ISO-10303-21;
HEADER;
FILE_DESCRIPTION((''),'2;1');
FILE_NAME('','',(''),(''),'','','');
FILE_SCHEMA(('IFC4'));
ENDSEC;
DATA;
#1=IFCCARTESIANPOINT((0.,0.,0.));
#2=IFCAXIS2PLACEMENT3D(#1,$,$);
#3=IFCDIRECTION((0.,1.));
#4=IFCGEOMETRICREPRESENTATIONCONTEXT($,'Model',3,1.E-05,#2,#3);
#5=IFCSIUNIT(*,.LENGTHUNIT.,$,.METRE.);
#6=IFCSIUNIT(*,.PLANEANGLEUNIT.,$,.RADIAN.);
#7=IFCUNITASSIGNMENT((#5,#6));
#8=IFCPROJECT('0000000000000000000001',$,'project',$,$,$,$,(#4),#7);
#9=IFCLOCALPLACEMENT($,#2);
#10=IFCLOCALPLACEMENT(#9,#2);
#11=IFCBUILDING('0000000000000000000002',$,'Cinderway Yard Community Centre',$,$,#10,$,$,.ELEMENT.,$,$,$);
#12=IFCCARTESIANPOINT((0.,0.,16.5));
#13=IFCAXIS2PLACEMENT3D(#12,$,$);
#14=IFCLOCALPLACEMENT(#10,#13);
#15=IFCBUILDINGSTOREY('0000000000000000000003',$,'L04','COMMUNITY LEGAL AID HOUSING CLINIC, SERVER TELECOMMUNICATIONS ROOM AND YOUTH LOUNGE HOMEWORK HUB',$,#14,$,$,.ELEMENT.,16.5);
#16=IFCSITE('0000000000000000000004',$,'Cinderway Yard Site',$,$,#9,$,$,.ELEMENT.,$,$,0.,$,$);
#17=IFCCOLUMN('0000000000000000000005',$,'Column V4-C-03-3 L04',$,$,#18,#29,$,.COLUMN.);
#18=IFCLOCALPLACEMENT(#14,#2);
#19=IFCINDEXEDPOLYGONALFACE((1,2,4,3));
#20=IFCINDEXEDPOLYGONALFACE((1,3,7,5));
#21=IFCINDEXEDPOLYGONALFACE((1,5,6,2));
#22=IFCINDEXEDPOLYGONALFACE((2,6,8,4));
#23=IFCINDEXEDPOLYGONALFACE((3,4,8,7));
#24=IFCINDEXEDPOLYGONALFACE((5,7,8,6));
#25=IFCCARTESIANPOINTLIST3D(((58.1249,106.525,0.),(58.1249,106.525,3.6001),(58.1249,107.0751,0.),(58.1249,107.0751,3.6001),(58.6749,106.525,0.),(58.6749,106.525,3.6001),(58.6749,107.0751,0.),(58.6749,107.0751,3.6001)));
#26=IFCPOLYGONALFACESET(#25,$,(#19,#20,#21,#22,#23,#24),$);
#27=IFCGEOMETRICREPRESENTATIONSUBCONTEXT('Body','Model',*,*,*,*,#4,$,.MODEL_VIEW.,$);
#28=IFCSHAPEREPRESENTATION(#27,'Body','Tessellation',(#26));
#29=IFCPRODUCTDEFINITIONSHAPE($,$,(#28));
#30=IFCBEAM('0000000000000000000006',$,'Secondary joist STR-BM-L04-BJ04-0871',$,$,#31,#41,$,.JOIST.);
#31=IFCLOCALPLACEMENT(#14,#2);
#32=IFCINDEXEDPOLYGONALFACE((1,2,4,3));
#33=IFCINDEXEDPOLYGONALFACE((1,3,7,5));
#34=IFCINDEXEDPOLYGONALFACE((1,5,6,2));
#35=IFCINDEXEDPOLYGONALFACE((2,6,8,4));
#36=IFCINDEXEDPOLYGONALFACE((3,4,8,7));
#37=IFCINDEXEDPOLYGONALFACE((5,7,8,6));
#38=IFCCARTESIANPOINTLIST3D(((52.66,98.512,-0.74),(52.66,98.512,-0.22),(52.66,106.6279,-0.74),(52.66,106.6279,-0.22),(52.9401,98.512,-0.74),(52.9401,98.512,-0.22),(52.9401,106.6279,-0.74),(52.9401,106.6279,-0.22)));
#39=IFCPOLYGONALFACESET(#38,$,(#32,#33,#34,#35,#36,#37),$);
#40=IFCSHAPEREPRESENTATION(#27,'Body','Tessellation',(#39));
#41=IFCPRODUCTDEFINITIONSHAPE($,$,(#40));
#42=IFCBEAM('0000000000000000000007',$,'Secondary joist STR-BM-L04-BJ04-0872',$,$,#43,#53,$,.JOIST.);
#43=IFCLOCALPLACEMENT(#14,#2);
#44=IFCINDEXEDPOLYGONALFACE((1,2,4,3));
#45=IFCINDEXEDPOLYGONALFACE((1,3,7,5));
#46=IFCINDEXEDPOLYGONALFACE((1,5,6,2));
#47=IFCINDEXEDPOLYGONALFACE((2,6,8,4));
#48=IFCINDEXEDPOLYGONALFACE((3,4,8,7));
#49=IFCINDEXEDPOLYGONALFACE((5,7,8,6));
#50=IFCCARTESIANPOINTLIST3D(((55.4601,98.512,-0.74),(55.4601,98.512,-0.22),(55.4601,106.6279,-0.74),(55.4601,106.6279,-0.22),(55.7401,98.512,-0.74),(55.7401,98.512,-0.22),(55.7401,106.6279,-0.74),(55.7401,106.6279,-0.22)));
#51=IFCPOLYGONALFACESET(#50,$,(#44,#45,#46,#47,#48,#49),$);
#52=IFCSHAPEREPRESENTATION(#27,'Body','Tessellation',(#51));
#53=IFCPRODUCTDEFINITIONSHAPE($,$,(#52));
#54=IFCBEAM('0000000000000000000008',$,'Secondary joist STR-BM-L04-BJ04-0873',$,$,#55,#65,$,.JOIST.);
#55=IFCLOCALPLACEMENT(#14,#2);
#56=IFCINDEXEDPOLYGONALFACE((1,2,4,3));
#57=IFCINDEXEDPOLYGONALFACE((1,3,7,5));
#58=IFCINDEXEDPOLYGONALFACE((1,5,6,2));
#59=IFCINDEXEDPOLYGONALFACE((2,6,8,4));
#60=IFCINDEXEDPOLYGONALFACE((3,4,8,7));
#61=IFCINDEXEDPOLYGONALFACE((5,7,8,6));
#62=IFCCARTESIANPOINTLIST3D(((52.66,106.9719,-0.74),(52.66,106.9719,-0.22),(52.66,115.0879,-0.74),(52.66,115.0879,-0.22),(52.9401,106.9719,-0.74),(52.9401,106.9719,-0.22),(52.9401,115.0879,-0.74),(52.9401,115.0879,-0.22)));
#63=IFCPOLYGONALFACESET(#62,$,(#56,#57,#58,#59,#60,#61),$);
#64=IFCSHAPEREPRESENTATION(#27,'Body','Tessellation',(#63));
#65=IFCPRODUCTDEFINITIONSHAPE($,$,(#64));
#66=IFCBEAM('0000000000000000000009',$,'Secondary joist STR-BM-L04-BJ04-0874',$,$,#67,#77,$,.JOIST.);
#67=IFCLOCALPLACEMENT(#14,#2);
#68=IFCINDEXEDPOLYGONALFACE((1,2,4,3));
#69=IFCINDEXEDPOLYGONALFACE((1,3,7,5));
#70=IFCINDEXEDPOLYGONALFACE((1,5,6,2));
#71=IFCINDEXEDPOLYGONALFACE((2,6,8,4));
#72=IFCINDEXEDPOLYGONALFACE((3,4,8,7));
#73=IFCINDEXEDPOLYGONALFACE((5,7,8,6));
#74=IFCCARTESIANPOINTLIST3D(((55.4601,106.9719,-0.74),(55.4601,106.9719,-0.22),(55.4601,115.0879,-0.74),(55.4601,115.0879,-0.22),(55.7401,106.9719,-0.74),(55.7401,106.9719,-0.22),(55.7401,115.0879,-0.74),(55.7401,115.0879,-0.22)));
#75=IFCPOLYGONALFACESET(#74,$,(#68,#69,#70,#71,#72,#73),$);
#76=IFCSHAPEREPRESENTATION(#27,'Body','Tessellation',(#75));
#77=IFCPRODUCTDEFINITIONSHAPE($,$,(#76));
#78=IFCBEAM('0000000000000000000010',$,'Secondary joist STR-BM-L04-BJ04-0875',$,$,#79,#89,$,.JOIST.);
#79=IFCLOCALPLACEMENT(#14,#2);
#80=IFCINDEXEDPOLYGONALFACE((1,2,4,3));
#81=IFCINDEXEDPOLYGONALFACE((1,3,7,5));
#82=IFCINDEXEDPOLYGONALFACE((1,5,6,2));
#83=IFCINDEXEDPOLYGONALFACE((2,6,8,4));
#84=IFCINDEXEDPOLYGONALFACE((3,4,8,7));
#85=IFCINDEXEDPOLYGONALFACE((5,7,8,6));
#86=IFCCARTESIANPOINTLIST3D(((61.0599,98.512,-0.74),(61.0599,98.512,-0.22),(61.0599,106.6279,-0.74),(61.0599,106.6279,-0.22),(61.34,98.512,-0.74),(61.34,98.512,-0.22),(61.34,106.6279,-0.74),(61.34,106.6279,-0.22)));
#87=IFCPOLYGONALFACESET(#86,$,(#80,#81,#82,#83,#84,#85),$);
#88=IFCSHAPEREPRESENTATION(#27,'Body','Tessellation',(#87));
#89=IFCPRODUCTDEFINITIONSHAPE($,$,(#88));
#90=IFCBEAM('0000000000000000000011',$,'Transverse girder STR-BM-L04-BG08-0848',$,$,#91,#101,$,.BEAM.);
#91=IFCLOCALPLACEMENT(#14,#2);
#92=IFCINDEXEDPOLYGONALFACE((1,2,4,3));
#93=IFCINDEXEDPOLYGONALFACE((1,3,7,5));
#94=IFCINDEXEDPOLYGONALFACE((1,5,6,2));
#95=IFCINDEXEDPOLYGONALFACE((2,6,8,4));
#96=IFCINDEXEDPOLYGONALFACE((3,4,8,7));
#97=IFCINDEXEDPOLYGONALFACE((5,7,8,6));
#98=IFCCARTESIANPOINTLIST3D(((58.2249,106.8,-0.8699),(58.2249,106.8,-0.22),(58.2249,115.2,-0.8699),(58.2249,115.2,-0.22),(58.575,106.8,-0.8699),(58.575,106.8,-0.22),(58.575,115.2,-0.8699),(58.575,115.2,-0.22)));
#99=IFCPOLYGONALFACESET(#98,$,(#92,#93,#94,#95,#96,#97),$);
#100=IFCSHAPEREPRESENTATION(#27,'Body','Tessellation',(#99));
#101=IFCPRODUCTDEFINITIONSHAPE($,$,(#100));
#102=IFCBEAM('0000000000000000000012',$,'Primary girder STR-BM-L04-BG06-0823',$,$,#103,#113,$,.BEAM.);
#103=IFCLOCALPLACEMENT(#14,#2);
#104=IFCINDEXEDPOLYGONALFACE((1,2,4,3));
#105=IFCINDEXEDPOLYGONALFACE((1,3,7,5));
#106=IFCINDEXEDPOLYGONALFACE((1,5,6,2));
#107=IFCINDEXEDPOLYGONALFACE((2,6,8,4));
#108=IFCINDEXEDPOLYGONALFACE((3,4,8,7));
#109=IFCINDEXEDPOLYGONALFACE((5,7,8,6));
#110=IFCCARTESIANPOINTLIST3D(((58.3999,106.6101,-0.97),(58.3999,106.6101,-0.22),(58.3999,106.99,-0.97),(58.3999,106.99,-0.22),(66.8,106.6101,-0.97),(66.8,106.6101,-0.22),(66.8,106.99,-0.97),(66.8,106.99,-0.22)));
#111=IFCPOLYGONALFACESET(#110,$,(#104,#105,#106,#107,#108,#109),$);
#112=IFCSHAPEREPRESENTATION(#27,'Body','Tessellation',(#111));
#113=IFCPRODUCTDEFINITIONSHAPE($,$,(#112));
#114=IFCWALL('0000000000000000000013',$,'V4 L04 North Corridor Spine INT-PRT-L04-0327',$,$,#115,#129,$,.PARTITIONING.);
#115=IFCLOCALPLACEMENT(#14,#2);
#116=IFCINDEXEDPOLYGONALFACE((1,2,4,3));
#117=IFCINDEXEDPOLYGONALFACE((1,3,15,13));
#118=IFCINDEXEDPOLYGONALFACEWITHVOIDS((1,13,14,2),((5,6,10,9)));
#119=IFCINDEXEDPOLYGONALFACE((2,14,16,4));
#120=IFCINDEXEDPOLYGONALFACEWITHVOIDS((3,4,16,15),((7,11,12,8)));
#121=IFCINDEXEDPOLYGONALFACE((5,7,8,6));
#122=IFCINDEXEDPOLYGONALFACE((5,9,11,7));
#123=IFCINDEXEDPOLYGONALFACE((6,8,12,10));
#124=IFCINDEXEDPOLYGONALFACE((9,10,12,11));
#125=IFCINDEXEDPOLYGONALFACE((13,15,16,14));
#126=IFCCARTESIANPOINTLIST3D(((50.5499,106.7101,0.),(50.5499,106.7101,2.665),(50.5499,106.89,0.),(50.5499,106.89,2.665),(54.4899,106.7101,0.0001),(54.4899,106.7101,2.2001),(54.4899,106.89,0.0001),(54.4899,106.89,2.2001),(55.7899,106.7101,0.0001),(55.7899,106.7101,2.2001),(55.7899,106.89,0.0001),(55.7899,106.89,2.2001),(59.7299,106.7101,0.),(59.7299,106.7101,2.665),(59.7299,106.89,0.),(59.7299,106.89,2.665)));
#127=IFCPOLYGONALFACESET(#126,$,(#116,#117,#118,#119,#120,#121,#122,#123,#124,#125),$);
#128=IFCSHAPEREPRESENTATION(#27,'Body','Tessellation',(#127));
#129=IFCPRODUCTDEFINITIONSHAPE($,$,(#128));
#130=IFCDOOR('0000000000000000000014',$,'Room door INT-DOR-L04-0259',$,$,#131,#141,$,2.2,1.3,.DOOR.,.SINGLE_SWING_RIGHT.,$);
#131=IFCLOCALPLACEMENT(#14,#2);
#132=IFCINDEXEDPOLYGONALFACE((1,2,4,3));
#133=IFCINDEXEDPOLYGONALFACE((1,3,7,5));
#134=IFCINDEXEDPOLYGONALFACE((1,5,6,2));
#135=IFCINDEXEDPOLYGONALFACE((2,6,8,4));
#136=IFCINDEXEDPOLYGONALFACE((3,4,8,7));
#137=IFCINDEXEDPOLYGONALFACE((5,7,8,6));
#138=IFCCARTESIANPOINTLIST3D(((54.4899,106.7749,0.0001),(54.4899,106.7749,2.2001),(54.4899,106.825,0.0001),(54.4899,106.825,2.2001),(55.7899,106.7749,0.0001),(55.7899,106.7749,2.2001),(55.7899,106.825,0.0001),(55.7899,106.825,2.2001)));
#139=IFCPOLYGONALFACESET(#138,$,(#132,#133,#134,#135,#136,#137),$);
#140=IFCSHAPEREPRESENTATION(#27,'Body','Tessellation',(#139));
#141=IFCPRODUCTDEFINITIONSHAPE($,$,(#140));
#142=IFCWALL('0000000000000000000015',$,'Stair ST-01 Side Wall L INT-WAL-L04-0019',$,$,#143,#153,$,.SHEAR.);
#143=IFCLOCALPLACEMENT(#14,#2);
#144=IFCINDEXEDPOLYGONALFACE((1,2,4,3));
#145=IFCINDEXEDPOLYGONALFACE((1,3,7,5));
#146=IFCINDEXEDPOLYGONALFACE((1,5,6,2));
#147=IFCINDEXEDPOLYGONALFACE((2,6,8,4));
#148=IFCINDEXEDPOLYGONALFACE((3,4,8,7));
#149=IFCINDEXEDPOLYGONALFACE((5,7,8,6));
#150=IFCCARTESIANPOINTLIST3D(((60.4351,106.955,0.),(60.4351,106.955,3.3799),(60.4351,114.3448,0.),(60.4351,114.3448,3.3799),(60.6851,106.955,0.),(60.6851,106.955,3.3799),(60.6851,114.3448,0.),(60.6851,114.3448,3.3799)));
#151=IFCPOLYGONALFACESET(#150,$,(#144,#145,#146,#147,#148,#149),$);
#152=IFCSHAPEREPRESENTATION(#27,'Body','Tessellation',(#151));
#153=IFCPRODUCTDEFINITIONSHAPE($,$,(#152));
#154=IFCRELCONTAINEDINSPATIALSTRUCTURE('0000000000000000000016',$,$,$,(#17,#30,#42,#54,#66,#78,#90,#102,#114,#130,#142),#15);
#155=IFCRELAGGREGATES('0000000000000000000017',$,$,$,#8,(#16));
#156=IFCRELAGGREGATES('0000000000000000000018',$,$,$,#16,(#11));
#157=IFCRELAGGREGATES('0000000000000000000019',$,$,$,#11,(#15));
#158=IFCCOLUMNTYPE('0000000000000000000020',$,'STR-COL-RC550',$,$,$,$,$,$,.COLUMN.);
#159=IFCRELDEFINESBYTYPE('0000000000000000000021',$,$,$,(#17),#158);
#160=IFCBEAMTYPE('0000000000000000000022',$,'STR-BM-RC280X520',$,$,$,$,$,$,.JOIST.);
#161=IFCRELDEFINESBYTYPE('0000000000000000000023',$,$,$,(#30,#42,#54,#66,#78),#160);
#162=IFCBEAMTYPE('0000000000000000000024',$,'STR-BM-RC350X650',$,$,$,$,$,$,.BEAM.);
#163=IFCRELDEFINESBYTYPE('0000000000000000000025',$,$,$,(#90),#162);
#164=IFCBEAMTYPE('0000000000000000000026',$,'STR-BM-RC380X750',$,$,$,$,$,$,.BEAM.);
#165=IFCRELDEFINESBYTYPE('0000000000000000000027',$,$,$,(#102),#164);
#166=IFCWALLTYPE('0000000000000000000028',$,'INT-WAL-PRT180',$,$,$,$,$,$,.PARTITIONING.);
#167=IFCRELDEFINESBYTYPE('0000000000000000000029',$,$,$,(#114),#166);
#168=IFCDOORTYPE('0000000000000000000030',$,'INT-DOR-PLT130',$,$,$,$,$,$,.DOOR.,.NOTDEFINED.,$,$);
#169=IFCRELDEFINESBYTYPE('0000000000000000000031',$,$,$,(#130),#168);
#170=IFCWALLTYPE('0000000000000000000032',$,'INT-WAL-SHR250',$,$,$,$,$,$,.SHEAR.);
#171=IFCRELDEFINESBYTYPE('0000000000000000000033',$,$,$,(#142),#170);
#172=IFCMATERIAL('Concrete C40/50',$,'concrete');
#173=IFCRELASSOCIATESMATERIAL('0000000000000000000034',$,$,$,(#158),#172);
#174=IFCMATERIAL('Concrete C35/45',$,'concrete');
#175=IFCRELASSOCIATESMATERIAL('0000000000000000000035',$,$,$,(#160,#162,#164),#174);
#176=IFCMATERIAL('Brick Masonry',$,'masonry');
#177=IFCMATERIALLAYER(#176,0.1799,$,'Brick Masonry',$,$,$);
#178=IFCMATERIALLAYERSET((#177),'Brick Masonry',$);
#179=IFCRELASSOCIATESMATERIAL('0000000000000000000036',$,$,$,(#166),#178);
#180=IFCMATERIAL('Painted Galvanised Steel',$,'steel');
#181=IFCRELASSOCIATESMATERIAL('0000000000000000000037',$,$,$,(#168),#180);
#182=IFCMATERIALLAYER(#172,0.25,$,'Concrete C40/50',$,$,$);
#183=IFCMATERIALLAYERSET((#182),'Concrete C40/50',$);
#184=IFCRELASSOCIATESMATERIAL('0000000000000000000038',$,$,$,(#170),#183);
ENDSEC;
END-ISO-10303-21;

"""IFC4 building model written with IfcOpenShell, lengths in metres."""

from ifc_helpers import new_model, si_unit, direction, frame, frame_2d, origin, origin_2d, place, context, subcontext, project, spatial, rectangle, extrude, material, layer, layer_set, material_profile, profile_set, type_object, element, fill, save


model = new_model("IFC4")

# Units and contexts
model_context = context("Model", 3, precision=1e-05, world=origin(), true_north=direction((0.0, 1.0)))
body_context = subcontext(model_context, "Body", "Model", "MODEL_VIEW")
ifc_project = project(units=[si_unit("LENGTHUNIT", "METRE"), si_unit("PLANEANGLEUNIT", "RADIAN")], contexts=[model_context])

# Site, building, storey
site_placement = place(None, origin())
site = spatial("IfcSite", under=ifc_project, at=site_placement, Name="Cinderway Yard Site", CompositionType="ELEMENT", RefElevation=0.0)
building_placement = place(site_placement, origin())
building = spatial("IfcBuilding", under=site, at=building_placement, Name="Cinderway Yard Community Centre", CompositionType="ELEMENT")
storey_placement = place(building_placement, frame((0.0, 0.0, 16.5)))
storey = spatial("IfcBuildingStorey", under=building, at=storey_placement, Name="L04", Description="COMMUNITY LEGAL AID HOUSING CLINIC, SERVER TELECOMMUNICATIONS ROOM AND YOUTH LOUNGE HOMEWORK HUB", CompositionType="ELEMENT", Elevation=16.5)

# Column
ifc_material_1 = material(Name="Concrete C40/50", Category="concrete")
ifc_material_profile_1 = material_profile(ifc_material_1, rectangle(XDim=0.55, YDim=0.55, at=origin_2d()), Name="Concrete C40/50")
ifc_profile_set_1 = profile_set([ifc_material_profile_1], Name="Concrete C40/50")
column_type = type_object("IfcColumnType", Name="STR-COL-RC550", PredefinedType="COLUMN", material=ifc_profile_set_1)
column_placement = place(storey_placement, frame((58.3999, 106.8, 0.0), z_axis=(0.0, 0.0, 1.0), x_axis=(1.0, 0.0, 0.0)))
element("IfcColumn", 1, at=column_placement, inside=storey, type_object=column_type, Name="Column V4-C-03-3 L04", PredefinedType="COLUMN", context=body_context, shape_type="SweptSolid", body=[
    extrude(rectangle(XDim=0.55, YDim=0.55, at=origin_2d()), origin(), (0.0, 0.0, 1.0), 3.6001),
])

# Beams
ifc_material_2 = material(Name="Concrete C35/45", Category="concrete")
ifc_material_profile_2 = material_profile(ifc_material_2, rectangle(XDim=0.28, YDim=0.52, at=origin_2d()), Name="Concrete C35/45")
ifc_profile_set_2 = profile_set([ifc_material_profile_2], Name="Concrete C35/45")
beam_type_1 = type_object("IfcBeamType", Name="STR-BM-RC280X520", PredefinedType="JOIST", material=ifc_profile_set_2)
for number, where, z_axis, x_axis, name in (
    (2, (52.8, 98.512, -0.48), (0.0, 1.0, 0.0), (-1.0, 0.0, 0.0), "Secondary joist STR-BM-L04-BJ04-0871"),
    (3, (55.6001, 98.512, -0.48), (0.0, 1.0, 0.0), (-1.0, 0.0, 0.0), "Secondary joist STR-BM-L04-BJ04-0872"),
    (4, (52.8, 106.9719, -0.48), (0.0, 1.0, 0.0), (-1.0, 0.0, 0.0), "Secondary joist STR-BM-L04-BJ04-0873"),
    (5, (55.6001, 106.9719, -0.48), (0.0, 1.0, 0.0), (-1.0, 0.0, 0.0), "Secondary joist STR-BM-L04-BJ04-0874"),
    (6, (61.2, 98.512, -0.48), (0.0, 1.0, 0.0), (-1.0, 0.0, 0.0), "Secondary joist STR-BM-L04-BJ04-0875"),
):
    element("IfcBeam", number, at=place(storey_placement, frame(where, z_axis=z_axis, x_axis=x_axis)), inside=storey, type_object=beam_type_1, Name=name, PredefinedType="JOIST", context=body_context, shape_type="SweptSolid", body=[
        extrude(rectangle(XDim=0.28, YDim=0.52, at=origin_2d()), origin(), (0.0, 0.0, 1.0), 8.116),
    ])
ifc_material_profile_3 = material_profile(ifc_material_2, rectangle(XDim=0.3501, YDim=0.6499, at=origin_2d()), Name="Concrete C35/45")
ifc_profile_set_3 = profile_set([ifc_material_profile_3], Name="Concrete C35/45")
beam_type_2 = type_object("IfcBeamType", Name="STR-BM-RC350X650", PredefinedType="BEAM", material=ifc_profile_set_3)
beam_1_placement = place(storey_placement, frame((58.3999, 106.8, -0.5449), z_axis=(0.0, 1.0, 0.0), x_axis=(-1.0, 0.0, 0.0)))
element("IfcBeam", 7, at=beam_1_placement, inside=storey, type_object=beam_type_2, Name="Transverse girder STR-BM-L04-BG08-0848", PredefinedType="BEAM", context=body_context, shape_type="SweptSolid", body=[
    extrude(rectangle(XDim=0.3501, YDim=0.6499, at=origin_2d()), origin(), (0.0, 0.0, 1.0), 8.3999),
])
ifc_material_profile_4 = material_profile(ifc_material_2, rectangle(XDim=0.3799, YDim=0.75, at=origin_2d()), Name="Concrete C35/45")
ifc_profile_set_4 = profile_set([ifc_material_profile_4], Name="Concrete C35/45")
beam_type_3 = type_object("IfcBeamType", Name="STR-BM-RC380X750", PredefinedType="BEAM", material=ifc_profile_set_4)
beam_2_placement = place(storey_placement, frame((58.3999, 106.8, -0.595), z_axis=(1.0, 0.0, 0.0), x_axis=(0.0, 1.0, 0.0)))
element("IfcBeam", 8, at=beam_2_placement, inside=storey, type_object=beam_type_3, Name="Primary girder STR-BM-L04-BG06-0823", PredefinedType="BEAM", context=body_context, shape_type="SweptSolid", body=[
    extrude(rectangle(XDim=0.3799, YDim=0.75, at=origin_2d()), origin(), (0.0, 0.0, 1.0), 8.4001),
])

# Wall, opening, door
ifc_material_3 = material(Name="Brick Masonry", Category="masonry")
ifc_layer_1 = layer(ifc_material_3, 0.1799, Name="Brick Masonry")
ifc_layer_set_1 = layer_set([ifc_layer_1], Name="Brick Masonry")
wall_type_1 = type_object("IfcWallType", Name="INT-WAL-PRT180", PredefinedType="PARTITIONING", material=ifc_layer_set_1)
wall_1_placement = place(storey_placement, frame((50.55, 106.8, 0.0), z_axis=(0.0, 0.0, 1.0), x_axis=(1.0, 0.0, 0.0)))
wall_1 = element("IfcWall", 9, at=wall_1_placement, inside=storey, type_object=wall_type_1, Name="V4 L04 North Corridor Spine INT-PRT-L04-0327", PredefinedType="PARTITIONING", context=body_context, shape_type="SweptSolid", body=[
    extrude(rectangle(XDim=9.1799, YDim=0.1799, at=frame_2d((4.5898, 0.0))), origin(), (0.0, 0.0, 1.0), 2.665),
])
opening_placement = place(wall_1_placement, frame((3.9399, 0.0, 0.0)))
opening = element("IfcOpeningElement", 10, at=opening_placement, cuts=wall_1, PredefinedType="OPENING", context=body_context, shape_type="SweptSolid", body=[
    extrude(rectangle(XDim=1.3, YDim=2.2, at=frame_2d((0.6499, 1.1001))), frame((0.0, 0.0999, 0.0), z_axis=(0.0, -1.0, 0.0), x_axis=(1.0, 0.0, 0.0)), (0.0, 0.0, 1.0), 0.2),
])
ifc_material_4 = material(Name="Painted Galvanised Steel", Category="steel")
door_type = type_object("IfcDoorType", Name="INT-DOR-PLT130", OperationType="NOTDEFINED", PredefinedType="DOOR", material=ifc_material_4)
door_placement = place(opening_placement, origin())
door = element("IfcDoor", 11, at=door_placement, inside=storey, type_object=door_type, Name="Room door INT-DOR-L04-0259", OperationType="SINGLE_SWING_RIGHT", OverallHeight=2.2, OverallWidth=1.3, PredefinedType="DOOR", context=body_context, shape_type="SweptSolid", body=[
    extrude(rectangle(XDim=1.3, YDim=2.2, at=frame_2d((0.6499, 1.1001))), frame((0.0, 0.0249, 0.0), z_axis=(0.0, -1.0, 0.0), x_axis=(1.0, 0.0, 0.0)), (0.0, 0.0, 1.0), 0.05),
])
fill(opening, door)

# Wall
ifc_layer_2 = layer(ifc_material_1, 0.25, Name="Concrete C40/50")
ifc_layer_set_2 = layer_set([ifc_layer_2], Name="Concrete C40/50")
wall_type_2 = type_object("IfcWallType", Name="INT-WAL-SHR250", PredefinedType="SHEAR", material=ifc_layer_set_2)
wall_2_placement = place(storey_placement, frame((60.5601, 106.9551, 0.0), z_axis=(0.0, 0.0, 1.0), x_axis=(0.0, 1.0, 0.0)))
element("IfcWall", 12, at=wall_2_placement, inside=storey, type_object=wall_type_2, Name="Stair ST-01 Side Wall L INT-WAL-L04-0019", PredefinedType="SHEAR", context=body_context, shape_type="SweptSolid", body=[
    extrude(rectangle(XDim=7.3899, YDim=0.25, at=frame_2d((3.6948, 0.0))), origin(), (0.0, 0.0, 1.0), 3.3799),
])

save(model, "model.ifc")
